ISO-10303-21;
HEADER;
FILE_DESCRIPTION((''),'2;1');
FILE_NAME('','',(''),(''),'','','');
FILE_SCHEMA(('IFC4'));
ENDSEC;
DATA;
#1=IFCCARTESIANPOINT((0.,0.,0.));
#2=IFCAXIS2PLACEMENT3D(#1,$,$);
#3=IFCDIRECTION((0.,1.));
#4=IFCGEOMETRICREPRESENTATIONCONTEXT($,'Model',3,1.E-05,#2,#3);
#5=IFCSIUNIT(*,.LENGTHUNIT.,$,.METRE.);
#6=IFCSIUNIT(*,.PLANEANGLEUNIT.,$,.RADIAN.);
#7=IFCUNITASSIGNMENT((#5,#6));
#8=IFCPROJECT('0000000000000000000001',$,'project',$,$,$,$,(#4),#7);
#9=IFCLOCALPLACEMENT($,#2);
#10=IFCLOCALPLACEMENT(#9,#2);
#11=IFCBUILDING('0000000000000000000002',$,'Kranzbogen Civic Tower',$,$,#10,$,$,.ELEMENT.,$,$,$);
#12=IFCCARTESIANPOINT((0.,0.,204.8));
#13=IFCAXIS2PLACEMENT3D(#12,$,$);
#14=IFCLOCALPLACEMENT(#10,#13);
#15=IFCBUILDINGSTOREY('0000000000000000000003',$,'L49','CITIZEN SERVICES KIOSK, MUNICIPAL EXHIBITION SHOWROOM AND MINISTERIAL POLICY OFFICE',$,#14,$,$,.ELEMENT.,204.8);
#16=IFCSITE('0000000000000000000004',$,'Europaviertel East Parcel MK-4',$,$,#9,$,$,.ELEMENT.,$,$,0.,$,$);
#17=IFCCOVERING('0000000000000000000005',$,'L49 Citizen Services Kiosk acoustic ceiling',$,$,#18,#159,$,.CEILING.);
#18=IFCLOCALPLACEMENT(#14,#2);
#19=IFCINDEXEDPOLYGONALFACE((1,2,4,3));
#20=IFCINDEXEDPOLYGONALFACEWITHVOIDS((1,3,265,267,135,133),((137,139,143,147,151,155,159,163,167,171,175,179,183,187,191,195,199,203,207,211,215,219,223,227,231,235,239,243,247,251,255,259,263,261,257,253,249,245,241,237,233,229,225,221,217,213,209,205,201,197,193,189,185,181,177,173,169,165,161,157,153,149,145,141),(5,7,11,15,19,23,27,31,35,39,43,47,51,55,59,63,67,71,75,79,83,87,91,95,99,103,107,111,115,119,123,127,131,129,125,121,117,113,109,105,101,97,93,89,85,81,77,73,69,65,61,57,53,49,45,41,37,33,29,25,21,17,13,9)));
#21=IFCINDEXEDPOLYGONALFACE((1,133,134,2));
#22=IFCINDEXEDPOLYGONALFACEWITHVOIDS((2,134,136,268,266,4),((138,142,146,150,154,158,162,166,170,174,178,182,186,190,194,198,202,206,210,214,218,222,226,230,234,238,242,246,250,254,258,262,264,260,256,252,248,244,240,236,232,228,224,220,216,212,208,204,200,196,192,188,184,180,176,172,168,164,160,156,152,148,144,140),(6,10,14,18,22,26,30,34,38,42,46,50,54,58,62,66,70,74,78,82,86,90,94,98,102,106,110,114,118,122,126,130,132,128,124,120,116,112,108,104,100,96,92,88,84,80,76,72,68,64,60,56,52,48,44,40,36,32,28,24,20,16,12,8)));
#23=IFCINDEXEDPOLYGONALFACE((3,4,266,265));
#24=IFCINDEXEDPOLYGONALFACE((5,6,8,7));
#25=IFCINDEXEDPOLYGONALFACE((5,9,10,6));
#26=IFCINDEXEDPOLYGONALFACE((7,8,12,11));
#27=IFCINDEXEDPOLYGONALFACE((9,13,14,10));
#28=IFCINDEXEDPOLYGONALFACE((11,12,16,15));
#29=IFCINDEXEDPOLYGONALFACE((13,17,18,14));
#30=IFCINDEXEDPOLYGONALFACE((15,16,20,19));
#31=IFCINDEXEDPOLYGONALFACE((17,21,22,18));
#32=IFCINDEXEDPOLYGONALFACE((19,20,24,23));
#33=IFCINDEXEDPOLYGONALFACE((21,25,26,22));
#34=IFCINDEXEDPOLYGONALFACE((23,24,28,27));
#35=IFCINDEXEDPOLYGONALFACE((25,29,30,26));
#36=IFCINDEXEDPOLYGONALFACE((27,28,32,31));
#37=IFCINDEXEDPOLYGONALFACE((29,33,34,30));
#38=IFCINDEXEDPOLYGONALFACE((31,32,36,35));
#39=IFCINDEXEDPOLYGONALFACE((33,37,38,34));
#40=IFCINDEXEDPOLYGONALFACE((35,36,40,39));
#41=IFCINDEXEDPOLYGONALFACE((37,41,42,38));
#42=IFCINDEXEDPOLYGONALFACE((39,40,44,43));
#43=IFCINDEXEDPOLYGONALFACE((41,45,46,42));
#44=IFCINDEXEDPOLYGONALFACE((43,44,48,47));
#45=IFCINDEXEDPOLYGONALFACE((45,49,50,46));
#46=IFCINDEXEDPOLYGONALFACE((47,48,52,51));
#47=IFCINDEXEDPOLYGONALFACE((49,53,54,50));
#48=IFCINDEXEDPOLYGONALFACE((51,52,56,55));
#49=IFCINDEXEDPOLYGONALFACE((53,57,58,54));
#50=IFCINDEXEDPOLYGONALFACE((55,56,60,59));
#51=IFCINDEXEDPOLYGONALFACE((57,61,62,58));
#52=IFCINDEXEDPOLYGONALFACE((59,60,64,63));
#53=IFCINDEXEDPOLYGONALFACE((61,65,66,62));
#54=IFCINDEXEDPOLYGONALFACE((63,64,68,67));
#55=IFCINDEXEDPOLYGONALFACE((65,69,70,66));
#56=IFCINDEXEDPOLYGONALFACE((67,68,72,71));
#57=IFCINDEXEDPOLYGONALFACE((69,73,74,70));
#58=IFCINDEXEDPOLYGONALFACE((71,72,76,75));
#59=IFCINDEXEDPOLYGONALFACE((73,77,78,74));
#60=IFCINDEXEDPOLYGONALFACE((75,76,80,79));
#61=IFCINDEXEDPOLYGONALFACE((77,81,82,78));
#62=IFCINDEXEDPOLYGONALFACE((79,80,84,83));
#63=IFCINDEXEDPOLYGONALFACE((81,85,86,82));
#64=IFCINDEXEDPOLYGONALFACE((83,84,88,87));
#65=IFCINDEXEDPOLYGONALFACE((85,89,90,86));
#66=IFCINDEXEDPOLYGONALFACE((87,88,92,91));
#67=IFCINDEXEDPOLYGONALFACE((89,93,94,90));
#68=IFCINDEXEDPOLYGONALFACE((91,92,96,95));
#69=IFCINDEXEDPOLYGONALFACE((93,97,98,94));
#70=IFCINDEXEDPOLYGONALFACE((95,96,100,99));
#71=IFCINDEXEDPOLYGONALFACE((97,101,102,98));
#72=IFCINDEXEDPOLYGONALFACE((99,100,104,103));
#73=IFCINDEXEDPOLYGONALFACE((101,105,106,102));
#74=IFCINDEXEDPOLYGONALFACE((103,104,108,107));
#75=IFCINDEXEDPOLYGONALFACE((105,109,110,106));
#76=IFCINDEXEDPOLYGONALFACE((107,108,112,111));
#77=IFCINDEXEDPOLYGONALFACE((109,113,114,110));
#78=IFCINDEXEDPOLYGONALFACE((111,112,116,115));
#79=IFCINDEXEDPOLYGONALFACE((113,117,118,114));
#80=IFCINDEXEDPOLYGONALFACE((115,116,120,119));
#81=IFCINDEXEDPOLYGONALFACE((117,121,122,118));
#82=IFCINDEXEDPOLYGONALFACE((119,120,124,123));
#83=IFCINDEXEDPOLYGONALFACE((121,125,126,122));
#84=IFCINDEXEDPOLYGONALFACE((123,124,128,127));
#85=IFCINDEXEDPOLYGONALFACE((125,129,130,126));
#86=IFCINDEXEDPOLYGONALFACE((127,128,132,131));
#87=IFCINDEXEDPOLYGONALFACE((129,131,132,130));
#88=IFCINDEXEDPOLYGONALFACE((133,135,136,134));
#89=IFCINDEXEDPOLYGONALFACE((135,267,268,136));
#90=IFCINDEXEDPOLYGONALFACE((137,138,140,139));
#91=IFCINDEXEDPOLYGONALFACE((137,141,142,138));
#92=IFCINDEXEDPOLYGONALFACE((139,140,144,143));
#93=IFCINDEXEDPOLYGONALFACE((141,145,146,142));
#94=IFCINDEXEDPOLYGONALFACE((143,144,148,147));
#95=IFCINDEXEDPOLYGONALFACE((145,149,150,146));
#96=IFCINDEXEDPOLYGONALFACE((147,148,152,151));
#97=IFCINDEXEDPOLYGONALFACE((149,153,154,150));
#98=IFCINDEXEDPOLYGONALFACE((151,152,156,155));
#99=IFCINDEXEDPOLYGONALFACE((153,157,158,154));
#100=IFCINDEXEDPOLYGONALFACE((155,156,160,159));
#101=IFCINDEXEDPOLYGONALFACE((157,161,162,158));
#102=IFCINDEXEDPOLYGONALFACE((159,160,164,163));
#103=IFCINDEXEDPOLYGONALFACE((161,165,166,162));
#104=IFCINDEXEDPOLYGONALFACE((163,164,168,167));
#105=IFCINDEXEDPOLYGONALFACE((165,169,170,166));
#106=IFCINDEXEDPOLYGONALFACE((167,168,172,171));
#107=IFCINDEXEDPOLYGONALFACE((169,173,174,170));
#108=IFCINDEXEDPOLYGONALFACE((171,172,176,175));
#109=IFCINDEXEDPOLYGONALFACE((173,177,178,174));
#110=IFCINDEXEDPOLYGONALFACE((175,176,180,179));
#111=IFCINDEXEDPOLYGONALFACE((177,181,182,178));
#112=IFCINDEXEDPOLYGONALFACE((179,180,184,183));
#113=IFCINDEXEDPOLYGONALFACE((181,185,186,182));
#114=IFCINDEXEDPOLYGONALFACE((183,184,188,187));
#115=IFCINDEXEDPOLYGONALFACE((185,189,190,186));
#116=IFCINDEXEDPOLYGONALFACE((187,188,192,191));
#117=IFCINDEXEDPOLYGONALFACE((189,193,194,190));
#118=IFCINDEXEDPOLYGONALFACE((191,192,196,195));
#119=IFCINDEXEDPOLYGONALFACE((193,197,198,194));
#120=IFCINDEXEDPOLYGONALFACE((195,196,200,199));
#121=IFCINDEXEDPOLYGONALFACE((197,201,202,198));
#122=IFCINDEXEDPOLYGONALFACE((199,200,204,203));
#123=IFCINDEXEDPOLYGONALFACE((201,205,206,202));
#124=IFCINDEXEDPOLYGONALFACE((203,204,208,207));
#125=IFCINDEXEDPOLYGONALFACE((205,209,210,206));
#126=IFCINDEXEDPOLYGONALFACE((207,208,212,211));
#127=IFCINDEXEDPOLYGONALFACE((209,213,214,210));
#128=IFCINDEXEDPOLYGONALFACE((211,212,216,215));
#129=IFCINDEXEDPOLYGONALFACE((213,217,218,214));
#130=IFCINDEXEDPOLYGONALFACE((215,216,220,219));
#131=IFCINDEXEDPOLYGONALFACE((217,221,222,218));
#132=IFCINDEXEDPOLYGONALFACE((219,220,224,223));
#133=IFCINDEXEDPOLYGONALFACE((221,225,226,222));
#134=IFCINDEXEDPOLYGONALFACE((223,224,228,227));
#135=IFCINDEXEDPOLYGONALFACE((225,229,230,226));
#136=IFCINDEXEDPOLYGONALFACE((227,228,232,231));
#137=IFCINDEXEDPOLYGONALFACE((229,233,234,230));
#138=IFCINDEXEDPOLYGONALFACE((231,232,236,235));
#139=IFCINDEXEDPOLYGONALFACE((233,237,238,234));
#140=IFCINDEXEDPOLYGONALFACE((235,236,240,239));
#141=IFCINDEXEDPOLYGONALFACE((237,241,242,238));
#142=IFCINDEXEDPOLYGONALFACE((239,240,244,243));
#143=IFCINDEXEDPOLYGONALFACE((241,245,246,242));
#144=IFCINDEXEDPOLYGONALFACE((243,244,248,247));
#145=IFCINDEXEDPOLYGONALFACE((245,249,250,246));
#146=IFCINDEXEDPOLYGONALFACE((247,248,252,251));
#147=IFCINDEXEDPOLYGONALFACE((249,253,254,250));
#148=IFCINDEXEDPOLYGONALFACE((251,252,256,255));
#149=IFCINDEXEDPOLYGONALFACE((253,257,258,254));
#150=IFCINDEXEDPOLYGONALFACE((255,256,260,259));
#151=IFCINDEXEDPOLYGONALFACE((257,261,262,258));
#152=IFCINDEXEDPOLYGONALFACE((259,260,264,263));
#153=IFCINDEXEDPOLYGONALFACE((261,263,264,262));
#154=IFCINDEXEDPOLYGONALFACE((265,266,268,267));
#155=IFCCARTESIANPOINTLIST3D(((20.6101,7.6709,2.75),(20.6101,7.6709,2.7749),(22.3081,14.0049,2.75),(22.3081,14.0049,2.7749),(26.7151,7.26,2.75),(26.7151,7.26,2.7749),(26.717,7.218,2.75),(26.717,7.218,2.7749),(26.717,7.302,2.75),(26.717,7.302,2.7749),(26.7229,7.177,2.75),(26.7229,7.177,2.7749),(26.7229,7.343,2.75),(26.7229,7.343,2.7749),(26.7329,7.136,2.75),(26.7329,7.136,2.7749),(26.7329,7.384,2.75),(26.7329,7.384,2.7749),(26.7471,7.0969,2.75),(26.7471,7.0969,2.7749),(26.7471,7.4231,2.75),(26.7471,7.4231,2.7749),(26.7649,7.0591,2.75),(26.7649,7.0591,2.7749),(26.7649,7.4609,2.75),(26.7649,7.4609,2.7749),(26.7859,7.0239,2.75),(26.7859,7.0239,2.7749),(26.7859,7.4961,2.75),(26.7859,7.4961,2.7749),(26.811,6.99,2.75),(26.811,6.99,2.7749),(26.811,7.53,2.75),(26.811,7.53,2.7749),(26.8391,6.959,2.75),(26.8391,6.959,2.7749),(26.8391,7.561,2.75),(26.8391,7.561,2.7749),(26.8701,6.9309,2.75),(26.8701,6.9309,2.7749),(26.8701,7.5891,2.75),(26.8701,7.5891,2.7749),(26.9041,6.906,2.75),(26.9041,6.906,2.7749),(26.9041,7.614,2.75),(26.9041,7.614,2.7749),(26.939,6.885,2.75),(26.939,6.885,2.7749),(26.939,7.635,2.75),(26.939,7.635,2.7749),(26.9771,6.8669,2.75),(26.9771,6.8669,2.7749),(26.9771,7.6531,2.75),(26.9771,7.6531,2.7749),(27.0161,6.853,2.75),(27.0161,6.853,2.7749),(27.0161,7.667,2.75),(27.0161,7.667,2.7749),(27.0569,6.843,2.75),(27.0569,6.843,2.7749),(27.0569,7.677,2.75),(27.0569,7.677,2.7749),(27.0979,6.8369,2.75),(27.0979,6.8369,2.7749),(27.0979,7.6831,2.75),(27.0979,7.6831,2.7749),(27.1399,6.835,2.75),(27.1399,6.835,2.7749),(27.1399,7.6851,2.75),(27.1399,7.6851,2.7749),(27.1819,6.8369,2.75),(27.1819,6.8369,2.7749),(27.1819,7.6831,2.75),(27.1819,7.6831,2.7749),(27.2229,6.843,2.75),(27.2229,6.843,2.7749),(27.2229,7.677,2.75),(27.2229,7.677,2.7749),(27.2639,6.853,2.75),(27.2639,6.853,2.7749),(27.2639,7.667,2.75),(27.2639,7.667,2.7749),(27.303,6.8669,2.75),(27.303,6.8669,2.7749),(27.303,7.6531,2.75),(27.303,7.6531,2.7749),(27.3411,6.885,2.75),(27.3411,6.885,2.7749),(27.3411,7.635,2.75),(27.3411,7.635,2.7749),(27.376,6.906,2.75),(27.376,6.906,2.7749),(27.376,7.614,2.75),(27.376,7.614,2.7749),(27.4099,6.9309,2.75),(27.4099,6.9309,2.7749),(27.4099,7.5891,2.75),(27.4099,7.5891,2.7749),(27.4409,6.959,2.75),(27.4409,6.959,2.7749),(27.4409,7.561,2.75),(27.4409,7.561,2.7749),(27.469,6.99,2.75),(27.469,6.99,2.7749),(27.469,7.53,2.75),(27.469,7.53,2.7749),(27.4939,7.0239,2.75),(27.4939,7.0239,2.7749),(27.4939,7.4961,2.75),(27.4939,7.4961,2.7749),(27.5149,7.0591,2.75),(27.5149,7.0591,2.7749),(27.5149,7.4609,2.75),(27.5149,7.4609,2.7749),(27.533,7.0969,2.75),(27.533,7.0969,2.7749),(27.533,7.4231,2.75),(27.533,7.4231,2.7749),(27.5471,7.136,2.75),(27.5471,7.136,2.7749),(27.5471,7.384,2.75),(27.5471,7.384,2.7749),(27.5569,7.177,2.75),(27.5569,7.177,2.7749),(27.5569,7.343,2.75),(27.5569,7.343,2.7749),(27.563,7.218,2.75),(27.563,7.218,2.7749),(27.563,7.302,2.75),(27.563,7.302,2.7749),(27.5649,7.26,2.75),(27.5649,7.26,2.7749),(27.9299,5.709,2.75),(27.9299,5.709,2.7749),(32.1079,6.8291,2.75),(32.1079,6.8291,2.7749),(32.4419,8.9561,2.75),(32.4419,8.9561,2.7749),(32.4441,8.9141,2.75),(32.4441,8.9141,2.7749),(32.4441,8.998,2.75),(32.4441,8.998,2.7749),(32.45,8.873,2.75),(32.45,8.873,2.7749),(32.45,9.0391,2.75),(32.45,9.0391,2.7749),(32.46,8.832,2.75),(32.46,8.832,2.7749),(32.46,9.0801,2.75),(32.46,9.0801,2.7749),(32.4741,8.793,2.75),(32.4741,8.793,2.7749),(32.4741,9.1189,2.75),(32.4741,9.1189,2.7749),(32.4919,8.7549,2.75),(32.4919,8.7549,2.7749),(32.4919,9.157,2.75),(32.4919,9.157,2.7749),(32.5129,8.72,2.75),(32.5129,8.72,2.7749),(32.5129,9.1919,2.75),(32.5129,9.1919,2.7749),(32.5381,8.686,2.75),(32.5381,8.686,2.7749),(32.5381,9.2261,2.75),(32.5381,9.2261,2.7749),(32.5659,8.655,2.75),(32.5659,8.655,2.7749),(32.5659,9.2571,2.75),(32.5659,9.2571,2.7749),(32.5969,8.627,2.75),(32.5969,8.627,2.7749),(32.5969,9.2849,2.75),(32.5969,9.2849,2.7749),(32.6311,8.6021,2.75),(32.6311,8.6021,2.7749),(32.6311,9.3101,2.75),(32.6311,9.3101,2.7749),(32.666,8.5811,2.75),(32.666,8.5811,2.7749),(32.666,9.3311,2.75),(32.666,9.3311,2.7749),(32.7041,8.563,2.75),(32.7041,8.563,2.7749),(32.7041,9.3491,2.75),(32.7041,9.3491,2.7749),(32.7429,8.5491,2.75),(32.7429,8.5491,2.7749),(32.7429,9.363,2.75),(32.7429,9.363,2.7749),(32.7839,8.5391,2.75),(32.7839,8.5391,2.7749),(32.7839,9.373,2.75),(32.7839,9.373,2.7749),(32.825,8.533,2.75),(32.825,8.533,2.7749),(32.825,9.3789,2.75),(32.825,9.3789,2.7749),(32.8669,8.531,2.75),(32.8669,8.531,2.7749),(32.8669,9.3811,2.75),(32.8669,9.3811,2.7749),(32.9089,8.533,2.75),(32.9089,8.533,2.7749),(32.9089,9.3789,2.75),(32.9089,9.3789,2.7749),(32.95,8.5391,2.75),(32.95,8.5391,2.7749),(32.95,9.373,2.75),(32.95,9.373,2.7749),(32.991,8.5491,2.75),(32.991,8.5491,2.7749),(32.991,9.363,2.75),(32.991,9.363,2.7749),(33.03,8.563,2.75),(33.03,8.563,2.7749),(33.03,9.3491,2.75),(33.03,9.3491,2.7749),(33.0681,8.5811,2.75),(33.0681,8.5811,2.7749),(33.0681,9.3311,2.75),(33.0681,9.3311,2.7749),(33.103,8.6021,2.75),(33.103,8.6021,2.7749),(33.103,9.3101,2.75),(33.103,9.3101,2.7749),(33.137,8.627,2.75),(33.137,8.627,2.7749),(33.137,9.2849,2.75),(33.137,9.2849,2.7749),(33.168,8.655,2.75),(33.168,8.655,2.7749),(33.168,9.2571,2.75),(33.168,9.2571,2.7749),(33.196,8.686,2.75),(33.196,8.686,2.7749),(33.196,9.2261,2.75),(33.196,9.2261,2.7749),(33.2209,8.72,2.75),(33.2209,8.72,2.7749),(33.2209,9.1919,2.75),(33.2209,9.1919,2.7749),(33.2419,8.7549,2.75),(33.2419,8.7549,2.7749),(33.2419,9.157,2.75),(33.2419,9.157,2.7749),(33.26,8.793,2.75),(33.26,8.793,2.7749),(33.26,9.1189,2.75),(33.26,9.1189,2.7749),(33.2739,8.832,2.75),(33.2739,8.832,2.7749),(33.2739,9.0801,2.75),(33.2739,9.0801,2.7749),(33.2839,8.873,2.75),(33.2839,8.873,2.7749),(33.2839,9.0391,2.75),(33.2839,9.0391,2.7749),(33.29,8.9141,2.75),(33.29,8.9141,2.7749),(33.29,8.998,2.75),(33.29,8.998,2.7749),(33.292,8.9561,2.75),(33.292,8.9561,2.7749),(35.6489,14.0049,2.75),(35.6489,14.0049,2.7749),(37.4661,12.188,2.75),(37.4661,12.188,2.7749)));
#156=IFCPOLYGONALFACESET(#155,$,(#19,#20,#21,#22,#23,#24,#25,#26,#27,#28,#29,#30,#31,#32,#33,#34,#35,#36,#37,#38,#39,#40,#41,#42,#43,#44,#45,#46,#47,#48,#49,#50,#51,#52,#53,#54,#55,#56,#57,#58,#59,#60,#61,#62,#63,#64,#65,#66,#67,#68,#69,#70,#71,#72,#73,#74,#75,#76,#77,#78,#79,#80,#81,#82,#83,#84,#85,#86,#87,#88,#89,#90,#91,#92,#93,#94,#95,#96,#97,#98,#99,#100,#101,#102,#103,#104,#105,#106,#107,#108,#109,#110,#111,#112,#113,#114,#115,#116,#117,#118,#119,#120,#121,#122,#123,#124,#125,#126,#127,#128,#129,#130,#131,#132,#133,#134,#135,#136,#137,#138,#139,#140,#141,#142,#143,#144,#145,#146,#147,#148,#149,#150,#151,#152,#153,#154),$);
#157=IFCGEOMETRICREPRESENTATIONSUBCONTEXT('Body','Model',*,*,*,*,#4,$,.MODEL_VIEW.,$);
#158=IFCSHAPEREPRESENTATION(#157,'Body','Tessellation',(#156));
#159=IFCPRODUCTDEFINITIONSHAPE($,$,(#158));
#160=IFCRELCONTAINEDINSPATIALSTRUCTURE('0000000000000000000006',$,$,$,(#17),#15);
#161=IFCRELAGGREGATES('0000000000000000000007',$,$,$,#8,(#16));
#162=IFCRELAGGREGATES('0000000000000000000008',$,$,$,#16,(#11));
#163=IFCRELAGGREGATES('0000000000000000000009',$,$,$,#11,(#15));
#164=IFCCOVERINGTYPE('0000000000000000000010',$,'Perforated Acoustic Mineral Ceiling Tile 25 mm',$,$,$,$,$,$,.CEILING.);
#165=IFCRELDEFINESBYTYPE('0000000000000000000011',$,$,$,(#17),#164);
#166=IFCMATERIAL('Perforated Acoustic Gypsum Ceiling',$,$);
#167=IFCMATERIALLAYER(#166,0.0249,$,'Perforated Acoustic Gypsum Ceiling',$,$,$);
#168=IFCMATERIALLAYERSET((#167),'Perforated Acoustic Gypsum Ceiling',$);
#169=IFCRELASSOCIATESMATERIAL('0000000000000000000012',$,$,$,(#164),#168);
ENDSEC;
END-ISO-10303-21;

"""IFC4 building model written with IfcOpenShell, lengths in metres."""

from ifc_helpers import new_model, si_unit, direction, frame, origin, place, context, subcontext, project, spatial, polyline, outline, extrude, material, layer, layer_set, type_object, element, save


model = new_model("IFC4")

# Units and contexts
model_context = context("Model", 3, precision=1e-05, world=origin(), true_north=direction((0.0, 1.0)))
body_context = subcontext(model_context, "Body", "Model", "MODEL_VIEW")
ifc_project = project(units=[si_unit("LENGTHUNIT", "METRE"), si_unit("PLANEANGLEUNIT", "RADIAN")], contexts=[model_context])

# Site, building, storey
site_placement = place(None, origin())
site = spatial("IfcSite", under=ifc_project, at=site_placement, Name="Europaviertel East Parcel MK-4", CompositionType="ELEMENT", RefElevation=0.0)
building_placement = place(site_placement, origin())
building = spatial("IfcBuilding", under=site, at=building_placement, Name="Kranzbogen Civic Tower", CompositionType="ELEMENT")
storey_placement = place(building_placement, frame((0.0, 0.0, 204.8)))
storey = spatial("IfcBuildingStorey", under=building, at=storey_placement, Name="L49", Description="CITIZEN SERVICES KIOSK, MUNICIPAL EXHIBITION SHOWROOM AND MINISTERIAL POLICY OFFICE", CompositionType="ELEMENT", Elevation=204.8)

# Covering
ifc_material_1 = material(Name="Perforated Acoustic Gypsum Ceiling")
ifc_layer_1 = layer(ifc_material_1, 0.0249, Name="Perforated Acoustic Gypsum Ceiling")
ifc_layer_set_1 = layer_set([ifc_layer_1], Name="Perforated Acoustic Gypsum Ceiling")
covering_type_1 = type_object("IfcCoveringType", Name="Perforated Acoustic Mineral Ceiling Tile 25 mm", PredefinedType="CEILING", material=ifc_layer_set_1)
covering_1_placement = place(storey_placement, frame((0.0, 0.0, 2.75)))
element("IfcCovering", 1, at=covering_1_placement, inside=storey, type_object=covering_type_1, Name="L49 Citizen Services Kiosk acoustic ceiling", PredefinedType="CEILING", context=body_context, shape_type="SweptSolid", body=[
    extrude(outline(polyline([(27.9299, 5.709), (20.6101, 7.6709), (22.3081, 14.0049), (35.6489, 14.0049), (37.4661, 12.188), (32.1079, 6.8291), (27.9299, 5.709)]), holes=[polyline([(27.533, 7.0969), (27.5149, 7.0591), (27.4939, 7.0239), (27.469, 6.99), (27.4409, 6.959), (27.4099, 6.9309), (27.376, 6.906), (27.3411, 6.885), (27.303, 6.8669), (27.2639, 6.853), (27.2229, 6.843), (27.1819, 6.8369), (27.1399, 6.835), (27.0979, 6.8369), (27.0569, 6.843), (27.0161, 6.853), (26.9771, 6.8669), (26.939, 6.885), (26.9041, 6.906), (26.8701, 6.9309), (26.8391, 6.959), (26.811, 6.99), (26.7859, 7.0239), (26.7649, 7.0591), (26.7471, 7.0969), (26.7329, 7.136), (26.7229, 7.177), (26.717, 7.218), (26.7151, 7.26), (26.717, 7.302), (26.7229, 7.343), (26.7329, 7.384), (26.7471, 7.4231), (26.7649, 7.4609), (26.7859, 7.4961), (26.811, 7.53), (26.8391, 7.561), (26.8701, 7.5891), (26.9041, 7.614), (26.939, 7.635), (26.9771, 7.6531), (27.0161, 7.667), (27.0569, 7.677), (27.0979, 7.6831), (27.1399, 7.6851), (27.1819, 7.6831), (27.2229, 7.677), (27.2639, 7.667), (27.303, 7.6531), (27.3411, 7.635), (27.376, 7.614), (27.4099, 7.5891), (27.4409, 7.561), (27.469, 7.53), (27.4939, 7.4961), (27.5149, 7.4609), (27.533, 7.4231), (27.5471, 7.384), (27.5569, 7.343), (27.563, 7.302), (27.5649, 7.26), (27.563, 7.218), (27.5569, 7.177), (27.5471, 7.136), (27.533, 7.0969)]), polyline([(33.26, 8.793), (33.2419, 8.7549), (33.2209, 8.72), (33.196, 8.686), (33.168, 8.655), (33.137, 8.627), (33.103, 8.6021), (33.0681, 8.5811), (33.03, 8.563), (32.991, 8.5491), (32.95, 8.5391), (32.9089, 8.533), (32.8669, 8.531), (32.825, 8.533), (32.7839, 8.5391), (32.7429, 8.5491), (32.7041, 8.563), (32.666, 8.5811), (32.6311, 8.6021), (32.5969, 8.627), (32.5659, 8.655), (32.5381, 8.686), (32.5129, 8.72), (32.4919, 8.7549), (32.4741, 8.793), (32.46, 8.832), (32.45, 8.873), (32.4441, 8.9141), (32.4419, 8.9561), (32.4441, 8.998), (32.45, 9.0391), (32.46, 9.0801), (32.4741, 9.1189), (32.4919, 9.157), (32.5129, 9.1919), (32.5381, 9.2261), (32.5659, 9.2571), (32.5969, 9.2849), (32.6311, 9.3101), (32.666, 9.3311), (32.7041, 9.3491), (32.7429, 9.363), (32.7839, 9.373), (32.825, 9.3789), (32.8669, 9.3811), (32.9089, 9.3789), (32.95, 9.373), (32.991, 9.363), (33.03, 9.3491), (33.0681, 9.3311), (33.103, 9.3101), (33.137, 9.2849), (33.168, 9.2571), (33.196, 9.2261), (33.2209, 9.1919), (33.2419, 9.157), (33.26, 9.1189), (33.2739, 9.0801), (33.2839, 9.0391), (33.29, 8.998), (33.292, 8.9561), (33.29, 8.9141), (33.2839, 8.873), (33.2739, 8.832), (33.26, 8.793)])]), origin(), (0.0, 0.0, 1.0), 0.0249),
])

save(model, "model.ifc")
